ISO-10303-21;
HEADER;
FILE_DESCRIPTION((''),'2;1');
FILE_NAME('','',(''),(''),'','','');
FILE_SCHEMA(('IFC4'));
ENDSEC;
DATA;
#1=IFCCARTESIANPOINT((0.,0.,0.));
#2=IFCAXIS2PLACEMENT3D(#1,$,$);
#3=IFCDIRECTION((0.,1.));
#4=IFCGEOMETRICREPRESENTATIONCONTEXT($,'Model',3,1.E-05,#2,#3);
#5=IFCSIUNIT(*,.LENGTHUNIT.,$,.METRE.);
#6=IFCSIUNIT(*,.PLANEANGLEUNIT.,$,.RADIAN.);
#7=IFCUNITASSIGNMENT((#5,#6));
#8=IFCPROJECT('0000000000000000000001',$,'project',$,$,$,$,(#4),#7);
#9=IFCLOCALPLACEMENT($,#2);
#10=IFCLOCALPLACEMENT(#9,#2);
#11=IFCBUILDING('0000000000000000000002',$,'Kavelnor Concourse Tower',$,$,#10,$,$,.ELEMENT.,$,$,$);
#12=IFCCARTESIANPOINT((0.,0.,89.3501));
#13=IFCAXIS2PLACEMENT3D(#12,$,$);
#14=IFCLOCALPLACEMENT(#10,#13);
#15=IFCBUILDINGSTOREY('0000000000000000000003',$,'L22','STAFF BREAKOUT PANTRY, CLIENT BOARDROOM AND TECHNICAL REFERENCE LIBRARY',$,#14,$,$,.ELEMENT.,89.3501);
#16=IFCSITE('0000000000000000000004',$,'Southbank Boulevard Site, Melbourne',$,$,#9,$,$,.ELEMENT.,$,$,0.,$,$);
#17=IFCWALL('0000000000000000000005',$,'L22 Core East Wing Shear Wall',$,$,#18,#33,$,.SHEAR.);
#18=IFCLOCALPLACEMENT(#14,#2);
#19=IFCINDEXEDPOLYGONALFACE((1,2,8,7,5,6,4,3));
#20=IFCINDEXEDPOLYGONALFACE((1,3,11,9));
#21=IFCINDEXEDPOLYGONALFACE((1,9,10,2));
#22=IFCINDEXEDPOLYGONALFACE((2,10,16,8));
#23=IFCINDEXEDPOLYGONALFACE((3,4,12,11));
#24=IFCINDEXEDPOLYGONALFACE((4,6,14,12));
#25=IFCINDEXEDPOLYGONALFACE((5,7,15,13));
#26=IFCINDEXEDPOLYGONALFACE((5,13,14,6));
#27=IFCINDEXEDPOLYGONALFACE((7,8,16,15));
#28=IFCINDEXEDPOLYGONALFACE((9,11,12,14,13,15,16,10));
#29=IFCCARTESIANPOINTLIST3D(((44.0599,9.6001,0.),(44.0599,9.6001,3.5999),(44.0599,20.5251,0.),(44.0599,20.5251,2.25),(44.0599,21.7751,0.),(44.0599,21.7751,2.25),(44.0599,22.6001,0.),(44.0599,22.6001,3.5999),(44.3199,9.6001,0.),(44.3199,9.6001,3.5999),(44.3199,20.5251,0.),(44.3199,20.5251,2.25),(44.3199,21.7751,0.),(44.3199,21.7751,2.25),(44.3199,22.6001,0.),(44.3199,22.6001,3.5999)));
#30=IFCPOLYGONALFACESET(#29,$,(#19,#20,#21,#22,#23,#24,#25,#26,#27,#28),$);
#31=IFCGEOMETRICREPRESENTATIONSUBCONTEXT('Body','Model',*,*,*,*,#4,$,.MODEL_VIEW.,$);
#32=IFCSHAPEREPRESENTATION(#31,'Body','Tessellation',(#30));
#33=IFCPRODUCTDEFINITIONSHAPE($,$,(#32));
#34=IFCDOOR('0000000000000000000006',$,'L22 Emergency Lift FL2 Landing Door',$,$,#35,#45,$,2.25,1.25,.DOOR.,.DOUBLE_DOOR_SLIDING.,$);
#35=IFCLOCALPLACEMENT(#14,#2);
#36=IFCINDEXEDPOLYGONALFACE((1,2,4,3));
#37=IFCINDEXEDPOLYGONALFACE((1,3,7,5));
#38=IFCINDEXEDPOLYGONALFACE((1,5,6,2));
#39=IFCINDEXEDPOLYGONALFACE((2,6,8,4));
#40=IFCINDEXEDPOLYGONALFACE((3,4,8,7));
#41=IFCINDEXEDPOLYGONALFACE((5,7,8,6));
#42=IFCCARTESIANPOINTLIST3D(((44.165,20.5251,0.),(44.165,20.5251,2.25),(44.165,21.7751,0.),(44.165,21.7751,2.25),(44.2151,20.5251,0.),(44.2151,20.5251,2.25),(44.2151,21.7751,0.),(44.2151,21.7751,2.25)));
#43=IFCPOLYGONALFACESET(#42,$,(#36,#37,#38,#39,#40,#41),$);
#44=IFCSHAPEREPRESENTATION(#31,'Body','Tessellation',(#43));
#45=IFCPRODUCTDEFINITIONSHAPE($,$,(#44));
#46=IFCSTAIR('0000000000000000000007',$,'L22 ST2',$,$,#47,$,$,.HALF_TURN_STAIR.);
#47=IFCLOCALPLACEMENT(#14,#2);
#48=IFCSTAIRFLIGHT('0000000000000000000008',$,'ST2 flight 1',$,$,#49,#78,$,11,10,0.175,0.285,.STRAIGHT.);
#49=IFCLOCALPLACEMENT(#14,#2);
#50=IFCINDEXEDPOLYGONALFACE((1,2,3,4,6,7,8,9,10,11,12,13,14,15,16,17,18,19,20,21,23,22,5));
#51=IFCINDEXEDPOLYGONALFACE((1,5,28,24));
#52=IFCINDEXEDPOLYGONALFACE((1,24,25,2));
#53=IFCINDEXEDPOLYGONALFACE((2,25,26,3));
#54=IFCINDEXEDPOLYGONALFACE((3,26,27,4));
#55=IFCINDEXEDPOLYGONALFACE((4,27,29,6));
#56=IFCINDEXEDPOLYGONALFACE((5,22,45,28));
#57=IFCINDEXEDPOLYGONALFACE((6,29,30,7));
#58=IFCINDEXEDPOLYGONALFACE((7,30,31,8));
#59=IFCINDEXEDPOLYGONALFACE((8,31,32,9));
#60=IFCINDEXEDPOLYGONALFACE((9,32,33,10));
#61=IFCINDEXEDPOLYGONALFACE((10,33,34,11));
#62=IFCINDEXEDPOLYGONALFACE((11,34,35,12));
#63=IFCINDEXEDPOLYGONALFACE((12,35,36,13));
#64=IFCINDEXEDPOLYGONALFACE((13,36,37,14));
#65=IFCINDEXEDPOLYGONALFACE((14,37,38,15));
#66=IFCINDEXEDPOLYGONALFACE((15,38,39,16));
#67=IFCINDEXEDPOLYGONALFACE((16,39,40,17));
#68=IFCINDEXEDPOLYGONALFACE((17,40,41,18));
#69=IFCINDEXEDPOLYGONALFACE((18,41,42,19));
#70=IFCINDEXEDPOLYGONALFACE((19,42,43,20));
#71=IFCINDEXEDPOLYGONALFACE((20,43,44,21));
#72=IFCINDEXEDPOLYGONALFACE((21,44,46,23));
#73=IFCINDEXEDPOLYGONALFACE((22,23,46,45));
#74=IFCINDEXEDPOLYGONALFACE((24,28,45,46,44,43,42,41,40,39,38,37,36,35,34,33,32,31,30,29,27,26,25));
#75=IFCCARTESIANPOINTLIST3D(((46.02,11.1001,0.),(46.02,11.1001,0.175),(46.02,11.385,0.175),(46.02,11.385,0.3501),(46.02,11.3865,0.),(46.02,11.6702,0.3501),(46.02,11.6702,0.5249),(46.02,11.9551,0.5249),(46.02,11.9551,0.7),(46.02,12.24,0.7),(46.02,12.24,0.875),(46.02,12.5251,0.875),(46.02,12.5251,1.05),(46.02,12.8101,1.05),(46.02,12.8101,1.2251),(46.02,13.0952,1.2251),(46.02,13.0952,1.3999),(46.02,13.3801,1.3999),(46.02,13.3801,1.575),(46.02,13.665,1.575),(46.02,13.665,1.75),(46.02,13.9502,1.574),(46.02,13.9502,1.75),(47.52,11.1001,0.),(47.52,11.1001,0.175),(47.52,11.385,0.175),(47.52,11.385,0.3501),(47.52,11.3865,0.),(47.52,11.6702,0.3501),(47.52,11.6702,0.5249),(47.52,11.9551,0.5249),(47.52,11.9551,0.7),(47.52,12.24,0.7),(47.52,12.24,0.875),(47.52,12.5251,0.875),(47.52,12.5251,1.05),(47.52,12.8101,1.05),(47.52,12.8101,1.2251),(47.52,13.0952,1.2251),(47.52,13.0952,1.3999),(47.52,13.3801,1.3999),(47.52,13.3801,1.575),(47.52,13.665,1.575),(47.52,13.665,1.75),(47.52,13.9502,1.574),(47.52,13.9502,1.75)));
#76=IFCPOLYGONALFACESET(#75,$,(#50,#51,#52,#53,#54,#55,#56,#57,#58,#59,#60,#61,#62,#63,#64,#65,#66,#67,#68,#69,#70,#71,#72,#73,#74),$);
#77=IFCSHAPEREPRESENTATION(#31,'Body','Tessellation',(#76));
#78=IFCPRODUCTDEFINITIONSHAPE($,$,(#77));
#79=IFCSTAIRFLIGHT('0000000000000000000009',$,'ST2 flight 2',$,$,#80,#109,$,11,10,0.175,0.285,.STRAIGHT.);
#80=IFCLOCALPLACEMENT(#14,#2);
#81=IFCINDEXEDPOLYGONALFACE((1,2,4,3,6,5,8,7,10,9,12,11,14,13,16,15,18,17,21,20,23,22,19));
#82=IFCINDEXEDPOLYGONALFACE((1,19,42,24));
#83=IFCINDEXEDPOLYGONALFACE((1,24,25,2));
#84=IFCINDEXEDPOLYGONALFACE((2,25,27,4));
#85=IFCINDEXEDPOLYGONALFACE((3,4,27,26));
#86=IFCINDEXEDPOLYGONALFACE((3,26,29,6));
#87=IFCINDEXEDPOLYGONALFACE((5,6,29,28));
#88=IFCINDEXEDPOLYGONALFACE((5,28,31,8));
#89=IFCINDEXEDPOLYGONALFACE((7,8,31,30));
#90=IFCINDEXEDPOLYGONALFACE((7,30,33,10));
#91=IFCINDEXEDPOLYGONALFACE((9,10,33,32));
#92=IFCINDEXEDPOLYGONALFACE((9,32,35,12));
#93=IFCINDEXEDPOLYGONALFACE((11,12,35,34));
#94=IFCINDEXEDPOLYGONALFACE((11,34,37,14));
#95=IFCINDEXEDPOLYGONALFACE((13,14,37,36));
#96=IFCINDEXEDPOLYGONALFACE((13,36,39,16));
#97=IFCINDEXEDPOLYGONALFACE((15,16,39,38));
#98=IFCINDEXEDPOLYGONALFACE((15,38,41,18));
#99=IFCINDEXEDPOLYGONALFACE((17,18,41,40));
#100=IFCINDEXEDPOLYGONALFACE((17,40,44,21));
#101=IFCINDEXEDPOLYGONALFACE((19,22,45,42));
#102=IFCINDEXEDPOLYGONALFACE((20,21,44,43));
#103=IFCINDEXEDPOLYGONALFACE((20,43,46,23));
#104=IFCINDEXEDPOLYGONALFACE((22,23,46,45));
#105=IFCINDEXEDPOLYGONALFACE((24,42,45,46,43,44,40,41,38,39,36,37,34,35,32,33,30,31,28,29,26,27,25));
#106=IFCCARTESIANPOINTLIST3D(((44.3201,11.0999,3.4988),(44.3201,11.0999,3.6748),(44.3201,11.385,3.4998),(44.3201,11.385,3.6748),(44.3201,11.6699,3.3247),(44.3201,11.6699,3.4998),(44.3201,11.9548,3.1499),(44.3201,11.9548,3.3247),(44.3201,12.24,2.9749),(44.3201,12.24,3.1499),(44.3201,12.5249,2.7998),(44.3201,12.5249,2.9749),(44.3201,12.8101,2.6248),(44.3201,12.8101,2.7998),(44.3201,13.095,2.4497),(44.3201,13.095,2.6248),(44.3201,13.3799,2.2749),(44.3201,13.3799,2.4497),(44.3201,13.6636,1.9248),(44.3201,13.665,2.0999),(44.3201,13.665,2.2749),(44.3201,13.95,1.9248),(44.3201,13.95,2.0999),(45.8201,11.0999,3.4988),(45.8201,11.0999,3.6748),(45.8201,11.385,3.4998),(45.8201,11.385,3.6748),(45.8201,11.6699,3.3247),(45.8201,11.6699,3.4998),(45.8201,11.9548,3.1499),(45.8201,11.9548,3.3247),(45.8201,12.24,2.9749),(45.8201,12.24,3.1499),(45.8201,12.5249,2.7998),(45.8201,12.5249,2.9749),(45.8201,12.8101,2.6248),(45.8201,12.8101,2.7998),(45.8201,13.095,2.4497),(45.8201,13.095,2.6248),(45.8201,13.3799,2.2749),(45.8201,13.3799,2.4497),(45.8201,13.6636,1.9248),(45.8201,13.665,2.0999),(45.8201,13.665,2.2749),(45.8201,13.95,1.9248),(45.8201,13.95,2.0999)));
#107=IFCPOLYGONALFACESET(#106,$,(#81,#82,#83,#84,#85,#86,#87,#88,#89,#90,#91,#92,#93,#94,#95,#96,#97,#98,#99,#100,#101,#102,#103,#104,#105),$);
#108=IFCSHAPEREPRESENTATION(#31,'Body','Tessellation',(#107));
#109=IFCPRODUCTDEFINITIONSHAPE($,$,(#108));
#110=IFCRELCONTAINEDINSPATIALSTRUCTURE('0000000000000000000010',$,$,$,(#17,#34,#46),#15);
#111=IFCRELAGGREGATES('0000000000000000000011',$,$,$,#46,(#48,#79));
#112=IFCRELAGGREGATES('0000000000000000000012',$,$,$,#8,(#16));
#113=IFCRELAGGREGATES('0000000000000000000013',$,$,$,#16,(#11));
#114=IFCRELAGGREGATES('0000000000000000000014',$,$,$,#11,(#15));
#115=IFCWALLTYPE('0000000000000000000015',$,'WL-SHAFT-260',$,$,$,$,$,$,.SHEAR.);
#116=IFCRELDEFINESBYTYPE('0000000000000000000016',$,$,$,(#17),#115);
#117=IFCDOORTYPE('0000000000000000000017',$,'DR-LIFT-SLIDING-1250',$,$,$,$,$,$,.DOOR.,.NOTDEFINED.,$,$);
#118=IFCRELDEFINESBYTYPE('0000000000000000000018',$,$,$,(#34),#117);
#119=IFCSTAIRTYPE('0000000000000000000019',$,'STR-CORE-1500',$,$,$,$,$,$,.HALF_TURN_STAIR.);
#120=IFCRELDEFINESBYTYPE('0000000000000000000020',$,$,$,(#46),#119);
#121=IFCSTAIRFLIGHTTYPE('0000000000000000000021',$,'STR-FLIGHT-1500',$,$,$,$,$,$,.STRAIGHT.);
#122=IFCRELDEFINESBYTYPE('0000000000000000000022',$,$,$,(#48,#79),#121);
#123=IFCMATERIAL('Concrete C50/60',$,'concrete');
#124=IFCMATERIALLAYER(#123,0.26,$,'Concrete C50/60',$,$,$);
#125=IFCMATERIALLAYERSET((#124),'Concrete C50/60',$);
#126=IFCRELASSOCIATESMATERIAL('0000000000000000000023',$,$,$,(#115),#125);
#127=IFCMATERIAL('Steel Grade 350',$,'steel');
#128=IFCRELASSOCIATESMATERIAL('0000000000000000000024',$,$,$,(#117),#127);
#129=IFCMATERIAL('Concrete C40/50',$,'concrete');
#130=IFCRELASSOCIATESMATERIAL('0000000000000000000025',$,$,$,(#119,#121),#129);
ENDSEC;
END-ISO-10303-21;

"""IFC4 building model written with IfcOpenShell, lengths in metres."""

from ifc_helpers import new_model, si_unit, direction, frame, frame_2d, origin, place, context, subcontext, project, spatial, polyline, rectangle, outline, extrude, material, layer, layer_set, type_object, element, fill, aggregate, save


model = new_model("IFC4")

# Units and contexts
model_context = context("Model", 3, precision=1e-05, world=origin(), true_north=direction((0.0, 1.0)))
body_context = subcontext(model_context, "Body", "Model", "MODEL_VIEW")
ifc_project = project(units=[si_unit("LENGTHUNIT", "METRE"), si_unit("PLANEANGLEUNIT", "RADIAN")], contexts=[model_context])

# Site, building, storey
site_placement = place(None, origin())
site = spatial("IfcSite", under=ifc_project, at=site_placement, Name="Southbank Boulevard Site, Melbourne", CompositionType="ELEMENT", RefElevation=0.0)
building_placement = place(site_placement, origin())
building = spatial("IfcBuilding", under=site, at=building_placement, Name="Kavelnor Concourse Tower", CompositionType="ELEMENT")
storey_placement = place(building_placement, frame((0.0, 0.0, 89.3501)))
storey = spatial("IfcBuildingStorey", under=building, at=storey_placement, Name="L22", Description="STAFF BREAKOUT PANTRY, CLIENT BOARDROOM AND TECHNICAL REFERENCE LIBRARY", CompositionType="ELEMENT", Elevation=89.3501)

# Shared definitions
ifc_material_1 = material(Name="Steel Grade 350", Category="steel")

# Shared definitions
ifc_material_2 = material(Name="Concrete C50/60", Category="concrete")

# Wall, opening, door
ifc_layer_1 = layer(ifc_material_2, 0.26, Name="Concrete C50/60")
ifc_layer_set_1 = layer_set([ifc_layer_1], Name="Concrete C50/60")
wall_type_1 = type_object("IfcWallType", Name="WL-SHAFT-260", PredefinedType="SHEAR", material=ifc_layer_set_1)
wall_1_placement = place(storey_placement, frame((44.1899, 9.6001, 0.0), z_axis=(0.0, 0.0, 1.0), x_axis=(0.0, 1.0, 0.0)))
wall_1 = element("IfcWall", 1, at=wall_1_placement, inside=storey, type_object=wall_type_1, Name="L22 Core East Wing Shear Wall", PredefinedType="SHEAR", context=body_context, shape_type="SweptSolid", body=[
    extrude(rectangle(XDim=13.0, YDim=0.26, at=frame_2d((6.5, 0.0))), origin(), (0.0, 0.0, 1.0), 3.5999),
])
opening_1_placement = place(wall_1_placement, frame((10.925, 0.0, 0.0)))
opening_1 = element("IfcOpeningElement", 2, at=opening_1_placement, cuts=wall_1, PredefinedType="OPENING", context=body_context, shape_type="SweptSolid", body=[
    extrude(rectangle(XDim=1.25, YDim=2.25, at=frame_2d((0.625, 1.125))), frame((0.0, 0.1401, 0.0), z_axis=(0.0, -1.0, 0.0), x_axis=(1.0, 0.0, 0.0)), (0.0, 0.0, 1.0), 0.28),
])
door_type_1 = type_object("IfcDoorType", Name="DR-LIFT-SLIDING-1250", OperationType="NOTDEFINED", PredefinedType="DOOR", material=ifc_material_1)
door_1_placement = place(opening_1_placement, origin())
door_1 = element("IfcDoor", 3, at=door_1_placement, inside=storey, type_object=door_type_1, Name="L22 Emergency Lift FL2 Landing Door", OperationType="DOUBLE_DOOR_SLIDING", OverallHeight=2.25, OverallWidth=1.25, PredefinedType="DOOR", context=body_context, shape_type="SweptSolid", body=[
    extrude(rectangle(XDim=1.25, YDim=2.25, at=frame_2d((0.625, 1.125))), frame((0.0, 0.0249, 0.0), z_axis=(0.0, -1.0, 0.0), x_axis=(1.0, 0.0, 0.0)), (0.0, 0.0, 1.0), 0.05),
])
fill(opening_1, door_1)

# Stair, stair flights
ifc_material_3 = material(Name="Concrete C40/50", Category="concrete")
stair_type = type_object("IfcStairType", Name="STR-CORE-1500", PredefinedType="HALF_TURN_STAIR", material=ifc_material_3)
stair_placement = place(storey_placement, origin())
stair = element("IfcStair", 4, at=stair_placement, inside=storey, type_object=stair_type, Name="L22 ST2", PredefinedType="HALF_TURN_STAIR")
stair_flight_type = type_object("IfcStairFlightType", Name="STR-FLIGHT-1500", PredefinedType="STRAIGHT", material=ifc_material_3)
stair_flight_1_placement = place(storey_placement, frame((46.77, 11.1001, 0.0), z_axis=(0.0, 0.0, 1.0), x_axis=(0.0, 1.0, 0.0)))
stair_flight_1 = element("IfcStairFlight", 5, at=stair_flight_1_placement, type_object=stair_flight_type, Name="ST2 flight 1", NumberOfRisers=11, NumberOfTreads=10, PredefinedType="STRAIGHT", RiserHeight=0.175, TreadLength=0.285, context=body_context, shape_type="SweptSolid", body=[
    extrude(outline(polyline([(0.0, 0.0), (0.0, 0.175), (0.2849, 0.175), (0.2849, 0.3501), (0.5701, 0.3501), (0.5701, 0.5249), (0.855, 0.5249), (0.855, 0.7), (1.1399, 0.7), (1.1399, 0.875), (1.425, 0.875), (1.425, 1.05), (1.71, 1.05), (1.71, 1.2251), (1.9951, 1.2251), (1.9951, 1.3999), (2.28, 1.3999), (2.28, 1.575), (2.5649, 1.575), (2.5649, 1.75), (2.8501, 1.75), (2.8501, 1.925), (2.8501, 1.574), (0.2864, 0.0), (0.0, 0.0)])), frame((0.0, 0.75, 0.0), z_axis=(0.0, -1.0, 0.0), x_axis=(1.0, 0.0, 0.0)), (0.0, 0.0, 1.0), 1.5),
])
stair_flight_2_placement = place(storey_placement, frame((45.0701, 13.95, 1.9248), z_axis=(0.0, 0.0, 1.0), x_axis=(0.0, -1.0, 0.0)))
stair_flight_2 = element("IfcStairFlight", 6, at=stair_flight_2_placement, type_object=stair_flight_type, Name="ST2 flight 2", NumberOfRisers=11, NumberOfTreads=10, PredefinedType="STRAIGHT", RiserHeight=0.175, TreadLength=0.285, context=body_context, shape_type="SweptSolid", body=[
    extrude(outline(polyline([(0.0, 0.0), (0.0, 0.175), (0.2849, 0.175), (0.2849, 0.3501), (0.5701, 0.3501), (0.5701, 0.5249), (0.855, 0.5249), (0.855, 0.7), (1.1399, 0.7), (1.1399, 0.875), (1.425, 0.875), (1.425, 1.05), (1.71, 1.05), (1.71, 1.2251), (1.9951, 1.2251), (1.9951, 1.3999), (2.28, 1.3999), (2.28, 1.575), (2.5649, 1.575), (2.5649, 1.75), (2.8501, 1.75), (2.8501, 1.925), (2.8501, 1.574), (0.2864, 0.0), (0.0, 0.0)])), frame((0.0, 0.75, 0.0), z_axis=(0.0, -1.0, 0.0), x_axis=(1.0, 0.0, 0.0)), (0.0, 0.0, 1.0), 1.5),
])
aggregate(stair, [stair_flight_1, stair_flight_2])

save(model, "model.ifc")
